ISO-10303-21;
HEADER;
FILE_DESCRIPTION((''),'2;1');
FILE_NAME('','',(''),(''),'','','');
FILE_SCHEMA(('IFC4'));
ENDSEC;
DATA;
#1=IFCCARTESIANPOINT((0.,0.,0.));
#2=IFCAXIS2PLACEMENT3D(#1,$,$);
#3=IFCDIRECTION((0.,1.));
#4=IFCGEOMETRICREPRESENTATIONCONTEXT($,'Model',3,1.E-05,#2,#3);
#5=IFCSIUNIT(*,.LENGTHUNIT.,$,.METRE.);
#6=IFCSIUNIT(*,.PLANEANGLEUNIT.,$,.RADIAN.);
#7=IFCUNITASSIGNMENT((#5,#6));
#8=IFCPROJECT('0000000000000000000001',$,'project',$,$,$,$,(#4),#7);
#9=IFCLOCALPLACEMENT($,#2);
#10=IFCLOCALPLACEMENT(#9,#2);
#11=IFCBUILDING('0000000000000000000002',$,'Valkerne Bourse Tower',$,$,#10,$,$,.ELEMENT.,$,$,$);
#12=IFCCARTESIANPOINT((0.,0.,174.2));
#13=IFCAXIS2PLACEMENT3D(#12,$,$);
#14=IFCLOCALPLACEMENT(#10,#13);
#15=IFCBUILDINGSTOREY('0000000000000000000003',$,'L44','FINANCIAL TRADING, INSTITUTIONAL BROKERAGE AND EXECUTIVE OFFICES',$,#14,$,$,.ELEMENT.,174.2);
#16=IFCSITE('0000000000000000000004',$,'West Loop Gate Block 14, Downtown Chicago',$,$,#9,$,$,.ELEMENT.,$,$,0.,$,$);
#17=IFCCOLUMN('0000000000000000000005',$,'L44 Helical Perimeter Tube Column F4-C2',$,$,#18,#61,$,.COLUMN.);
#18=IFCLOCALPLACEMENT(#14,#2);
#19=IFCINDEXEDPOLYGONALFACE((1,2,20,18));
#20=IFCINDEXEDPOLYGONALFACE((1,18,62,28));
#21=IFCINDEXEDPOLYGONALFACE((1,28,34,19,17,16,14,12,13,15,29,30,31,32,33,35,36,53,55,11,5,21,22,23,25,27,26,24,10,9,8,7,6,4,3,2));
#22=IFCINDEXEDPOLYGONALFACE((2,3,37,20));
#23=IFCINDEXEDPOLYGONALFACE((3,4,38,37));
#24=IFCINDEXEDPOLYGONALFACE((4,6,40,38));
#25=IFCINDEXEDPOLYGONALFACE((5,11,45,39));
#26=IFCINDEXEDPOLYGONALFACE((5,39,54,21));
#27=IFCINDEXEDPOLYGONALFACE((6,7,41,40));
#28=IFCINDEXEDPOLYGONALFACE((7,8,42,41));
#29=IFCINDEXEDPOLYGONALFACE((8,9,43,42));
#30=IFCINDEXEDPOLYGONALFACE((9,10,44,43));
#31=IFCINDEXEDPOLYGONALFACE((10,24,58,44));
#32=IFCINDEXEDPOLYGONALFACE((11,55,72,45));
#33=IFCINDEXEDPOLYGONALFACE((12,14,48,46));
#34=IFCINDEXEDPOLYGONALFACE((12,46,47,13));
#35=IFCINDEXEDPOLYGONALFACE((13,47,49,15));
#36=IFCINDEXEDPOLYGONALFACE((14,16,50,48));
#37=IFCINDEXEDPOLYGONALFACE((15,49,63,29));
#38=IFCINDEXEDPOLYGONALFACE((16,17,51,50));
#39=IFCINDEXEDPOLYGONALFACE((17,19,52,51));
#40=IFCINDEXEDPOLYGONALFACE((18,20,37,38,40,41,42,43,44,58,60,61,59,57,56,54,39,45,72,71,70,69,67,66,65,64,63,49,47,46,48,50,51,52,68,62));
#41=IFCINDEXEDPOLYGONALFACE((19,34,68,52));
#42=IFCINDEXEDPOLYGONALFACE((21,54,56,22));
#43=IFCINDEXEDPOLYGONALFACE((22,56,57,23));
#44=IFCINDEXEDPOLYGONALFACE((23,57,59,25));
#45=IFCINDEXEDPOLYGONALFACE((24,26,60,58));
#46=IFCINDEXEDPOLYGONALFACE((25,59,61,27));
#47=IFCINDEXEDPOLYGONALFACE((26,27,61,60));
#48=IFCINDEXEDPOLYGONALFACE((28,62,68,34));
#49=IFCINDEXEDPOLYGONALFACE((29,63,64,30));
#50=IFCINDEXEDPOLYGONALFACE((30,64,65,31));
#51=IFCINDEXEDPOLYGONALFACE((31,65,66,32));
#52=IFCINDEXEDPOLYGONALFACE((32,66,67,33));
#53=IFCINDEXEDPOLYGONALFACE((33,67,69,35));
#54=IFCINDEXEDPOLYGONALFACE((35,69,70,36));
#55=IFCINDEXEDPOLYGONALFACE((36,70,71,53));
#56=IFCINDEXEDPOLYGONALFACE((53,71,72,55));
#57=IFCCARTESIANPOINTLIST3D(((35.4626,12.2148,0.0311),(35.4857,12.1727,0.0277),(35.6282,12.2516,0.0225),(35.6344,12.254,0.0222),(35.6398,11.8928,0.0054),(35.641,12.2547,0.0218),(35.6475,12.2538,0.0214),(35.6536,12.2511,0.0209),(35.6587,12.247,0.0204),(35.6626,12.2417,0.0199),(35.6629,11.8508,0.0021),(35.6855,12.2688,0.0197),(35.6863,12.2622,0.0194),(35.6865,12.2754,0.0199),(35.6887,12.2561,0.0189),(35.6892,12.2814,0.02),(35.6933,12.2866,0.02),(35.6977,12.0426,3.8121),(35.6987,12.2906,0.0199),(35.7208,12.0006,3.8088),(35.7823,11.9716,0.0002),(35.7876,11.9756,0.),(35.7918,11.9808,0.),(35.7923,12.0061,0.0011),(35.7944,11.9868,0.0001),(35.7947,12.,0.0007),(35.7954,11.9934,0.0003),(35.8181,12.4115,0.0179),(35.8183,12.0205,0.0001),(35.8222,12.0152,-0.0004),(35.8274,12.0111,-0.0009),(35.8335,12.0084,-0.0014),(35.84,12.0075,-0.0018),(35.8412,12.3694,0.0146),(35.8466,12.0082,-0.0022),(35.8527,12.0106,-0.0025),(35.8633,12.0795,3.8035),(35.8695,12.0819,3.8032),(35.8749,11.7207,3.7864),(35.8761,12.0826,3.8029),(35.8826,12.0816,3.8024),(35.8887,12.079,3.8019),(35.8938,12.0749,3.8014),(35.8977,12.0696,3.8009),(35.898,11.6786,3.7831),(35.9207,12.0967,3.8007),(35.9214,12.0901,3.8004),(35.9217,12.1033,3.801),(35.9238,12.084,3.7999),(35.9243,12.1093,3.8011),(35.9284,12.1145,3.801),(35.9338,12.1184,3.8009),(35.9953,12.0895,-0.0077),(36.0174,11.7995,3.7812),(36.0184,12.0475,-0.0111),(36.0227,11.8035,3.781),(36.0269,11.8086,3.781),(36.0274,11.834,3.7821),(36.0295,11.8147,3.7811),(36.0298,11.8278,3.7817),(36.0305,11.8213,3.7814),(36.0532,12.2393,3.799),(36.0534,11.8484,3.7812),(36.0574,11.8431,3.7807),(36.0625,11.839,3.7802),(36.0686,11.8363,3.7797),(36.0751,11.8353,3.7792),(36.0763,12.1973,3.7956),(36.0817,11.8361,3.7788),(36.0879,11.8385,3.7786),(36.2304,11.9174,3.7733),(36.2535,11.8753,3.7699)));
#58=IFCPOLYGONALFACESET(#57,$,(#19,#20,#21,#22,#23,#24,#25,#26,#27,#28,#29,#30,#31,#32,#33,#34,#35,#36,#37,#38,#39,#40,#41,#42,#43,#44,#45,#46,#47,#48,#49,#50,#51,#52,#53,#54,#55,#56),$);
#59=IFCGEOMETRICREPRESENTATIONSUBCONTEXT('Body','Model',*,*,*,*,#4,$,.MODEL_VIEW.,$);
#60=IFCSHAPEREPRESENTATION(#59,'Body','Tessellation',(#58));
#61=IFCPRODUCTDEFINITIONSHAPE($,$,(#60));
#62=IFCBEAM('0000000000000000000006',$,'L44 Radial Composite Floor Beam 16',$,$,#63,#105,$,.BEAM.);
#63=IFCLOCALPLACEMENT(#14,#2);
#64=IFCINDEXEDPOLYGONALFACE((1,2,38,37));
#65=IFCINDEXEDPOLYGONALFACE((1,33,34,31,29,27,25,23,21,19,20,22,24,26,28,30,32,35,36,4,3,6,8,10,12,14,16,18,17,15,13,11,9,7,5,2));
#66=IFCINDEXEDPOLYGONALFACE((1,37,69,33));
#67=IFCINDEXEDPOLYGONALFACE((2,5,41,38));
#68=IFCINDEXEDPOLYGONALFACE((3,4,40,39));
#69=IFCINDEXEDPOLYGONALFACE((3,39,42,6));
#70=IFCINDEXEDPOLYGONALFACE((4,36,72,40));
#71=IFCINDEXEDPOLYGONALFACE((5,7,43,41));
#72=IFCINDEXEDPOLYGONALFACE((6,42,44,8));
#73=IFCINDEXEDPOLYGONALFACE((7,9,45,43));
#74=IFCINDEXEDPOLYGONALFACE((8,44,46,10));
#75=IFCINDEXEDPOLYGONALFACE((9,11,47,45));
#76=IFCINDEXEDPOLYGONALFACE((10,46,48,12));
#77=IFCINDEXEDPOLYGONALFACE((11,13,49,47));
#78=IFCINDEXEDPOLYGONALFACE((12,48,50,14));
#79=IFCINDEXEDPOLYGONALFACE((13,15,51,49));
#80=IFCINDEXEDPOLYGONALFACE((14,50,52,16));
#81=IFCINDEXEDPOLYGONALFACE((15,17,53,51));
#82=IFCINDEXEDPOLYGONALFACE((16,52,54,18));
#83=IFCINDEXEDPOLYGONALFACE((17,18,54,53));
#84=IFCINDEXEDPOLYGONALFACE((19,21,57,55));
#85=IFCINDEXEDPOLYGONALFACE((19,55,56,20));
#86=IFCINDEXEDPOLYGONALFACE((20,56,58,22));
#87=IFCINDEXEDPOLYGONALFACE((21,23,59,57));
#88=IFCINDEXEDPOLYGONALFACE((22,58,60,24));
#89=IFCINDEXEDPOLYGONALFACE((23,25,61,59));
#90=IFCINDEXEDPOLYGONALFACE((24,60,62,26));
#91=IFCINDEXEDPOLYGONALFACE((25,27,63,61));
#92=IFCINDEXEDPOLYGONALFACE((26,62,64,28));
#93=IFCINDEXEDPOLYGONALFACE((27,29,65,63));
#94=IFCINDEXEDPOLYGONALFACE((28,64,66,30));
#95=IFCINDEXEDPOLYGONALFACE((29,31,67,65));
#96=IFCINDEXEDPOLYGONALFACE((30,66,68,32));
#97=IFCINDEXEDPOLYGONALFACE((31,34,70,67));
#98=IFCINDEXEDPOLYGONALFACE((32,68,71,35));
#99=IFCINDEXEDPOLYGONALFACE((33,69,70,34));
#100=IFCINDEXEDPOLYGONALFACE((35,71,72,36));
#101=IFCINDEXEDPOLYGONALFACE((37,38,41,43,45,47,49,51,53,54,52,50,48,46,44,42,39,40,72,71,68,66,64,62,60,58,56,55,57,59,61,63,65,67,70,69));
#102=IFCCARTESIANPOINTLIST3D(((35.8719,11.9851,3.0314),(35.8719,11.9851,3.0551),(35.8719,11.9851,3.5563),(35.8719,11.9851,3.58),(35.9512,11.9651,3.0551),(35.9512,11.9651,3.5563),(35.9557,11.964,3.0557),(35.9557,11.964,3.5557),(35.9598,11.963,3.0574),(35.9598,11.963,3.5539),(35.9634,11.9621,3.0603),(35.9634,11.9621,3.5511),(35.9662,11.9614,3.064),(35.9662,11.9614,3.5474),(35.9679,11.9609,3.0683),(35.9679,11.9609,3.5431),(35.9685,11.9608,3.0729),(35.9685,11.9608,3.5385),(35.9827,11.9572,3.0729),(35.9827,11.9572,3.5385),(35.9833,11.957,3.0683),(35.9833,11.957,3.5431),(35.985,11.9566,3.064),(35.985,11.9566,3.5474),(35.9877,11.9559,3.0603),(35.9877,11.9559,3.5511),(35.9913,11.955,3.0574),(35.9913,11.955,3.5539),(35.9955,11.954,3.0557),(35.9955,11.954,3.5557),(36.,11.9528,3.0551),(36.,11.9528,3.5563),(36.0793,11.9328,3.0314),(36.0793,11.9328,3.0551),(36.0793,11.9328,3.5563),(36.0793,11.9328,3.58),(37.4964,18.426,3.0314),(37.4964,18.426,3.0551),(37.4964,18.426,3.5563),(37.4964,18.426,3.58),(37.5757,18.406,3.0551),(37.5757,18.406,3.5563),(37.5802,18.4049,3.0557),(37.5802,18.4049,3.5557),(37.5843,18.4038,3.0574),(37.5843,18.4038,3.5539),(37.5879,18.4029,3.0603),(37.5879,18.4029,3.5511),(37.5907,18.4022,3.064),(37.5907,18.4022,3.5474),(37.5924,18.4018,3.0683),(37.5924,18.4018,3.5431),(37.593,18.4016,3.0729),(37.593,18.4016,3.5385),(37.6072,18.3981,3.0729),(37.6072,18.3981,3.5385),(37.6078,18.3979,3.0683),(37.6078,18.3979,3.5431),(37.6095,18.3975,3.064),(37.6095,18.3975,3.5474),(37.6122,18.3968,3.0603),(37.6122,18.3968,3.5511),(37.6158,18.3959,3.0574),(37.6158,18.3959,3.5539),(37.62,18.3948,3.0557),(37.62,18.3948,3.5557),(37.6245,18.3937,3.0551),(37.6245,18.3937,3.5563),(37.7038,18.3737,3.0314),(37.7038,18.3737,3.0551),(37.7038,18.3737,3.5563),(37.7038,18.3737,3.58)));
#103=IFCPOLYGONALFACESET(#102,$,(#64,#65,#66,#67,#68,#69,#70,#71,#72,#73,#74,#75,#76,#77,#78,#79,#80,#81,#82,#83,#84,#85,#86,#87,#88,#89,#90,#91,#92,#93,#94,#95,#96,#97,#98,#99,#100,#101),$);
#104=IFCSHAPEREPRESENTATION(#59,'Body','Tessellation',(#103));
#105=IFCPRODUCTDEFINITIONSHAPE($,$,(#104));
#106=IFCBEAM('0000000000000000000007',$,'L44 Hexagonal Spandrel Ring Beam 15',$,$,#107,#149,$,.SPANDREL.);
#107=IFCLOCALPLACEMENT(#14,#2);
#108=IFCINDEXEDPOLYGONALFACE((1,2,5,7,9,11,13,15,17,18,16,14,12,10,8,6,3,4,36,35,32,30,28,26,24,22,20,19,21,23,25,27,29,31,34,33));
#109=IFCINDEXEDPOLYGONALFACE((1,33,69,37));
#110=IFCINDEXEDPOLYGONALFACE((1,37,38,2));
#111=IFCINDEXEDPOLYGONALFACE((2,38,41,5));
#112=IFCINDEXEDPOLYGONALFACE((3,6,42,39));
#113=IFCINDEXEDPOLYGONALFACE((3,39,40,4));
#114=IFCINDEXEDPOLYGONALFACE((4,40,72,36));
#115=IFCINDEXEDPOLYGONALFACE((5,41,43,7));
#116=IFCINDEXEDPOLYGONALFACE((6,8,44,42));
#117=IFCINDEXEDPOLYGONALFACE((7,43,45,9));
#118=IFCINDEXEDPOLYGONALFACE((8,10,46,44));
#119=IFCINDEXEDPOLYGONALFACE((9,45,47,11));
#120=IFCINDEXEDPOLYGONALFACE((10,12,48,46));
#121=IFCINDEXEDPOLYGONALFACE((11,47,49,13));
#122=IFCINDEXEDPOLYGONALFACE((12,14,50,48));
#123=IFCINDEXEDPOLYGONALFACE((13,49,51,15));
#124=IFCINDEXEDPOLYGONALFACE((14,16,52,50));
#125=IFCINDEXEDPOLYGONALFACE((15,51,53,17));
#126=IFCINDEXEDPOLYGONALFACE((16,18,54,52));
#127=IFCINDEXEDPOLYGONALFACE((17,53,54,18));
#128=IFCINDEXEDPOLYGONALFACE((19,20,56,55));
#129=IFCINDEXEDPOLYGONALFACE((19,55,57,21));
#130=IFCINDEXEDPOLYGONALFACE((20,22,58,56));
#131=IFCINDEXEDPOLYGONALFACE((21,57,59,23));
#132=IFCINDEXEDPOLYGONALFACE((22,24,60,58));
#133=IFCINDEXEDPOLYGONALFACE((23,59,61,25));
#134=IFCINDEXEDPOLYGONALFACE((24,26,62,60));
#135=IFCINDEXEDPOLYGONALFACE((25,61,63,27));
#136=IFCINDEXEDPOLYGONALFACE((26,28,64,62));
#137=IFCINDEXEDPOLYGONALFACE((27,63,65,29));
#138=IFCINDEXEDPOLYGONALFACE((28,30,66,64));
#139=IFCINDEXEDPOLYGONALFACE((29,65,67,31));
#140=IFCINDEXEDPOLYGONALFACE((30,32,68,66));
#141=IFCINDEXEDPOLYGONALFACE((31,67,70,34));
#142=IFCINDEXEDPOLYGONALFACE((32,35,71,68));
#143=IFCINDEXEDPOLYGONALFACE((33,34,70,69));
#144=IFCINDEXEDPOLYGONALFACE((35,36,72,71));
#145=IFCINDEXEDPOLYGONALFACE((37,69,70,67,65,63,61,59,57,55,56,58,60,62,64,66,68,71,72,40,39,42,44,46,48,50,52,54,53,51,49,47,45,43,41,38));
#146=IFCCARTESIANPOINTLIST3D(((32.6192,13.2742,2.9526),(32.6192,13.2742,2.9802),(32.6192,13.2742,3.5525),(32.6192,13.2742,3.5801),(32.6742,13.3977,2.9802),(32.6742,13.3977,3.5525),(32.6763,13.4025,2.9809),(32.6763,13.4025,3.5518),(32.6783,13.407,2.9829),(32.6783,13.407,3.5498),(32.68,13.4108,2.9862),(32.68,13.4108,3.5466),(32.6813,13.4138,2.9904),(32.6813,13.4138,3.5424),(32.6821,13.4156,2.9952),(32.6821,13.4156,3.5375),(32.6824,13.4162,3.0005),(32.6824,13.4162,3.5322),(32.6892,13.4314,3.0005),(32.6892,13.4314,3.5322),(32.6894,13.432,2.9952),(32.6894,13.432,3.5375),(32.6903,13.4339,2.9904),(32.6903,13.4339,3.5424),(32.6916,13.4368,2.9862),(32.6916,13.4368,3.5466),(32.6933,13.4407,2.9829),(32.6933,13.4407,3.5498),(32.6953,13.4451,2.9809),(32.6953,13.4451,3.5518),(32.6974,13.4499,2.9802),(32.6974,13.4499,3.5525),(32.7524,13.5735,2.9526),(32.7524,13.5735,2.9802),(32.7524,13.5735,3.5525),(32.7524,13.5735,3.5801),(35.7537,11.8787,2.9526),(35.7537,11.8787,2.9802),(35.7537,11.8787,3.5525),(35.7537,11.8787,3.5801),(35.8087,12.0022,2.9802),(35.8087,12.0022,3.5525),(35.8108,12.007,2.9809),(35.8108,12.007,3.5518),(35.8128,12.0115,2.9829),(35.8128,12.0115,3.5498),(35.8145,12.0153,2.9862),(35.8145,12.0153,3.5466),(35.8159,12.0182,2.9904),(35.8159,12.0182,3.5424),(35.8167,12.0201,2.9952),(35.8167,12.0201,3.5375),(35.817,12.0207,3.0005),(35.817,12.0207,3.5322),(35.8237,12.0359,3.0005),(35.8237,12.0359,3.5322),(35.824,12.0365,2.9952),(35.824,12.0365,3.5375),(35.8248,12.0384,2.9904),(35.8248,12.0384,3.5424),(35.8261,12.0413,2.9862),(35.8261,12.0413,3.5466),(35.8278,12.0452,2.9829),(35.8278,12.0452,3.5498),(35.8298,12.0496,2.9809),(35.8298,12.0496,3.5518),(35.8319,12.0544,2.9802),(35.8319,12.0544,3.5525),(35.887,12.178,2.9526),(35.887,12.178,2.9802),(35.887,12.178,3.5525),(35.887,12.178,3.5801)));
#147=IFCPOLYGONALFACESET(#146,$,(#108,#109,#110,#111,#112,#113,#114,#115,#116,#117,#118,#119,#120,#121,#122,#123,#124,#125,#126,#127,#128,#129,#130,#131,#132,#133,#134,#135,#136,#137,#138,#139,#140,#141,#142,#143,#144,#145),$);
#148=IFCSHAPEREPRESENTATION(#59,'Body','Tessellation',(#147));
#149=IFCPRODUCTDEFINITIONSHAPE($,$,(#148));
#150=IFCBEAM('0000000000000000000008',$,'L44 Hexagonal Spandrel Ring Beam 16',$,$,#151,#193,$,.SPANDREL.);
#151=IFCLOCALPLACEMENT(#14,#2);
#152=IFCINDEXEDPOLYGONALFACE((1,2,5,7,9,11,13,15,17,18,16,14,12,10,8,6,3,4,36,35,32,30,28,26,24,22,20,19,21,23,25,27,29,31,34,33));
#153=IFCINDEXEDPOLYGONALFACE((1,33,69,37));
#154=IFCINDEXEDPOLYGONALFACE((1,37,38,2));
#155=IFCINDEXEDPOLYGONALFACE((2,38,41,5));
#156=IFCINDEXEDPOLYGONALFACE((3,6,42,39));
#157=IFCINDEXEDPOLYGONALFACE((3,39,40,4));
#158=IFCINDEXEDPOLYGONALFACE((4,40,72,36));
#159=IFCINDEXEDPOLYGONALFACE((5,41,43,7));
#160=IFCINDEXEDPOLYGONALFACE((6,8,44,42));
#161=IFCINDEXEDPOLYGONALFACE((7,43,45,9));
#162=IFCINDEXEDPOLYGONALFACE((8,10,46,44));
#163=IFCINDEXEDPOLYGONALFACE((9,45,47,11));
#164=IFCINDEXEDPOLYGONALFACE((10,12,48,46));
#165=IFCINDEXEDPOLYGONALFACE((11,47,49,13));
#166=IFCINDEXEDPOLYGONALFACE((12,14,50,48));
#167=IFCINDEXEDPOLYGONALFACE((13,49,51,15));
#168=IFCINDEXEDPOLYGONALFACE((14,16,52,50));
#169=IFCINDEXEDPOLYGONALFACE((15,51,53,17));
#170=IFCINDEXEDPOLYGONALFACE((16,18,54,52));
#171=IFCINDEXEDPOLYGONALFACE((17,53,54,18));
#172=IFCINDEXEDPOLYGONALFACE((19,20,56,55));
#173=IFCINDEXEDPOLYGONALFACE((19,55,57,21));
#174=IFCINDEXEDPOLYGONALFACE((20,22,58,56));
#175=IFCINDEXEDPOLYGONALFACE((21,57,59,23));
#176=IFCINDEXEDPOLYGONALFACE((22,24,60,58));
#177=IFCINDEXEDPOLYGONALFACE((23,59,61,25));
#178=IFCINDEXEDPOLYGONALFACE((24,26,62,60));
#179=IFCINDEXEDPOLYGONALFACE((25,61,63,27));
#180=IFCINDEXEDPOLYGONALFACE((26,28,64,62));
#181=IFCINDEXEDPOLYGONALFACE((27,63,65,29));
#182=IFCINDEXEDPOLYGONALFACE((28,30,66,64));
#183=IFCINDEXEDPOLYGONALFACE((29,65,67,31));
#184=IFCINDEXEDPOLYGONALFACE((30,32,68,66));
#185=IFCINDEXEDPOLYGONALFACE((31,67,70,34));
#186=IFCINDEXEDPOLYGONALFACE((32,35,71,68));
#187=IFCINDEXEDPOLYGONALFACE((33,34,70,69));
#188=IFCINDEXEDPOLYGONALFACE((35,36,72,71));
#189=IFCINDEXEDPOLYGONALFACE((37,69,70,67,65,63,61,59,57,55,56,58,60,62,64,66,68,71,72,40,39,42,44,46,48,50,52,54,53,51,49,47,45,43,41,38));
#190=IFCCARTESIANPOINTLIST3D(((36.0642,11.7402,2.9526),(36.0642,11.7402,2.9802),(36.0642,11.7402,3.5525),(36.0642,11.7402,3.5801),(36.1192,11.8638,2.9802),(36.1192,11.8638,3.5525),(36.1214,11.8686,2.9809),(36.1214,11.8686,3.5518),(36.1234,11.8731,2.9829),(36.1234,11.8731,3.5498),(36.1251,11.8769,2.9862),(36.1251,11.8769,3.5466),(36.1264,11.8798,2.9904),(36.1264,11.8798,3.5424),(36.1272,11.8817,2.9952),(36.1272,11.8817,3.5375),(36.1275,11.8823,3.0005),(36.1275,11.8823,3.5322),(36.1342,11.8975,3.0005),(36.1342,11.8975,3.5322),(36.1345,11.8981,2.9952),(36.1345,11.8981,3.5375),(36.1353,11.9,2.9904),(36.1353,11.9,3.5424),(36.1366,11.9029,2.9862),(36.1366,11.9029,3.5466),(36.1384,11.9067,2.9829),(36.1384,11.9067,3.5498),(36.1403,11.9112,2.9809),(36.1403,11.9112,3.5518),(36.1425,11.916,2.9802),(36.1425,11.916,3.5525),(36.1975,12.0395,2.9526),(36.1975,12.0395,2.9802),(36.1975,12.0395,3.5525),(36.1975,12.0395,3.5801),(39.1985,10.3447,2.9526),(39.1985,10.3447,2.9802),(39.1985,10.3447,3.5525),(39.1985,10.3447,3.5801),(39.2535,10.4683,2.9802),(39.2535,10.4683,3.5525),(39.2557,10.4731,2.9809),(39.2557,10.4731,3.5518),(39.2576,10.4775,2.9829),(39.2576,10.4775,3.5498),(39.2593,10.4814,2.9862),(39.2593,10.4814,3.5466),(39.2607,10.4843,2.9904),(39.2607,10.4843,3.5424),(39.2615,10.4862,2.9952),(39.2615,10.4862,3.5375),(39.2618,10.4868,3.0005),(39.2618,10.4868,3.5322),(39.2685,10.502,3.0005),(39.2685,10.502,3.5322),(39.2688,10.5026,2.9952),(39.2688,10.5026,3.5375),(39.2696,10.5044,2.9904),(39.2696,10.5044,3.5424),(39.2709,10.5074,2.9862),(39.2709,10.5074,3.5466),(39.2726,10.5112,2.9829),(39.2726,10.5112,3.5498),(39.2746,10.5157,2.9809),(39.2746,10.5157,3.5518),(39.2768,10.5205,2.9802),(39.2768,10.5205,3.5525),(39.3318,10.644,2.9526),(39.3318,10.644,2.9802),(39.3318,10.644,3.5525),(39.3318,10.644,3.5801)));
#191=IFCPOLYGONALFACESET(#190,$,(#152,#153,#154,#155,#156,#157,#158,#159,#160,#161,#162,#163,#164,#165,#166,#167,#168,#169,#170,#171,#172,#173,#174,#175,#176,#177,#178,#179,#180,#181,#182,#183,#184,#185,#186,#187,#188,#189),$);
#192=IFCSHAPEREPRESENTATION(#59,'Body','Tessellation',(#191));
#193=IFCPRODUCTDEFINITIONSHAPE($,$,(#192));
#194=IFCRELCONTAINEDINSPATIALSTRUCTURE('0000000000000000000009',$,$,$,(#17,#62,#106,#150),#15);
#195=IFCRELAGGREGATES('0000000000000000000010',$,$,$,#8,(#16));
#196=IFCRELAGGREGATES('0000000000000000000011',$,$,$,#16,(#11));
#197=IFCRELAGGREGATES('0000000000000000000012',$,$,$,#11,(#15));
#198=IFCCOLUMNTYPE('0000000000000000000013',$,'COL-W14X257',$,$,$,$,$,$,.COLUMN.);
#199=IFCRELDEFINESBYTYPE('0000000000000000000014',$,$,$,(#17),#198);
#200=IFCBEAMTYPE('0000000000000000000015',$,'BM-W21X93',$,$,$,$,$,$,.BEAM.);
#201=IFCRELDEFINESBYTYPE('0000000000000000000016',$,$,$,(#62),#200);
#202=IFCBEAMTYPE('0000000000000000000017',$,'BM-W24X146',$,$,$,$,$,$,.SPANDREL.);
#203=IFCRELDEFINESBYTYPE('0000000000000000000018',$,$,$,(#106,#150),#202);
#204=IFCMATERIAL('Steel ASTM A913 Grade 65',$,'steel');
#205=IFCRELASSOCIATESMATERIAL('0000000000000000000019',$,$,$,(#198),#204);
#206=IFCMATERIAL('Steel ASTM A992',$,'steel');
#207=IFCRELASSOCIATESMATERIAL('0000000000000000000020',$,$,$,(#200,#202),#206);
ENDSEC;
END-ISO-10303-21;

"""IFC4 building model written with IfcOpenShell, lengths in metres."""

from ifc_helpers import new_model, si_unit, direction, frame, origin, origin_2d, place, context, subcontext, project, spatial, i_section, extrude, material, material_profile, profile_set, type_object, element, save


model = new_model("IFC4")

# Units and contexts
model_context = context("Model", 3, precision=1e-05, world=origin(), true_north=direction((0.0, 1.0)))
body_context = subcontext(model_context, "Body", "Model", "MODEL_VIEW")
ifc_project = project(units=[si_unit("LENGTHUNIT", "METRE"), si_unit("PLANEANGLEUNIT", "RADIAN")], contexts=[model_context])

# Site, building, storey
site_placement = place(None, origin())
site = spatial("IfcSite", under=ifc_project, at=site_placement, Name="West Loop Gate Block 14, Downtown Chicago", CompositionType="ELEMENT", RefElevation=0.0)
building_placement = place(site_placement, origin())
building = spatial("IfcBuilding", under=site, at=building_placement, Name="Valkerne Bourse Tower", CompositionType="ELEMENT")
storey_placement = place(building_placement, frame((0.0, 0.0, 174.2)))
storey = spatial("IfcBuildingStorey", under=building, at=storey_placement, Name="L44", Description="FINANCIAL TRADING, INSTITUTIONAL BROKERAGE AND EXECUTIVE OFFICES", CompositionType="ELEMENT", Elevation=174.2)

# Column
ifc_material_1 = material(Name="Steel ASTM A913 Grade 65", Category="steel")
ifc_material_profile_1 = material_profile(ifc_material_1, i_section(OverallWidth=0.4065, OverallDepth=0.4165, WebThickness=0.0298, FlangeThickness=0.0481, FilletRadius=0.0254, at=origin_2d()), Name="W14X257")
ifc_profile_set_1 = profile_set([ifc_material_profile_1], Name="Steel ASTM A913 Grade 65")
column_type = type_object("IfcColumnType", Name="COL-W14X257", PredefinedType="COLUMN", material=ifc_profile_set_1)
column_placement = place(storey_placement, frame((35.7405, 12.1311, 0.01), z_axis=(0.061997, -0.045387, 0.997044), x_axis=(0.874522, 0.483905, -0.032351)))
element("IfcColumn", 1, at=column_placement, inside=storey, type_object=column_type, Name="L44 Helical Perimeter Tube Column F4-C2", PredefinedType="COLUMN", context=body_context, shape_type="SweptSolid", body=[
    extrude(i_section(OverallWidth=0.4065, OverallDepth=0.4165, WebThickness=0.0298, FlangeThickness=0.0481, FilletRadius=0.0254, at=origin_2d()), origin(), (0.0, 0.0, 1.0), 3.7922),
])

# Beams
ifc_material_2 = material(Name="Steel ASTM A992", Category="steel")
ifc_material_profile_2 = material_profile(ifc_material_2, i_section(OverallWidth=0.2139, OverallDepth=0.5486, WebThickness=0.0146, FlangeThickness=0.0237, FilletRadius=0.0178, at=origin_2d()), Name="W21X93")
ifc_profile_set_2 = profile_set([ifc_material_profile_2], Name="Steel ASTM A992")
beam_type_1 = type_object("IfcBeamType", Name="BM-W21X93", PredefinedType="BEAM", material=ifc_profile_set_2)
beam_1_placement = place(storey_placement, frame((35.9756, 11.959, 3.3057), z_axis=(0.244559, 0.969634, 0.0), x_axis=(-0.969634, 0.244559, 0.0)))
element("IfcBeam", 2, at=beam_1_placement, inside=storey, type_object=beam_type_1, Name="L44 Radial Composite Floor Beam 16", PredefinedType="BEAM", context=body_context, shape_type="SweptSolid", body=[
    extrude(i_section(OverallWidth=0.2139, OverallDepth=0.5486, WebThickness=0.0146, FlangeThickness=0.0237, FilletRadius=0.0178, at=origin_2d()), origin(), (0.0, 0.0, 1.0), 6.6426),
])
ifc_material_profile_3 = material_profile(ifc_material_2, i_section(OverallWidth=0.3276, OverallDepth=0.6274, WebThickness=0.0166, FlangeThickness=0.0276, FilletRadius=0.0203, at=origin_2d()), Name="W24X146")
ifc_profile_set_3 = profile_set([ifc_material_profile_3], Name="Steel ASTM A992")
beam_type_2 = type_object("IfcBeamType", Name="BM-W24X146", PredefinedType="SPANDREL", material=ifc_profile_set_3)
beam_2_placement = place(storey_placement, frame((32.6858, 13.4238, 3.2664), z_axis=(0.913553, -0.406719, 0.0), x_axis=(0.406719, 0.913553, 0.0)))
element("IfcBeam", 3, at=beam_2_placement, inside=storey, type_object=beam_type_2, Name="L44 Hexagonal Spandrel Ring Beam 15", PredefinedType="SPANDREL", context=body_context, shape_type="SweptSolid", body=[
    extrude(i_section(OverallWidth=0.3276, OverallDepth=0.6274, WebThickness=0.0166, FlangeThickness=0.0276, FilletRadius=0.0203, at=origin_2d()), origin(), (0.0, 0.0, 1.0), 3.4312),
])
beam_3_placement = place(storey_placement, frame((36.1309, 11.8899, 3.2664), z_axis=(0.913541, -0.406746, 0.0), x_axis=(0.406746, 0.913541, 0.0)))
element("IfcBeam", 4, at=beam_3_placement, inside=storey, type_object=beam_type_2, Name="L44 Hexagonal Spandrel Ring Beam 16", PredefinedType="SPANDREL", context=body_context, shape_type="SweptSolid", body=[
    extrude(i_section(OverallWidth=0.3276, OverallDepth=0.6274, WebThickness=0.0166, FlangeThickness=0.0276, FilletRadius=0.0203, at=origin_2d()), origin(), (0.0, 0.0, 1.0), 3.4309),
])

save(model, "model.ifc")
